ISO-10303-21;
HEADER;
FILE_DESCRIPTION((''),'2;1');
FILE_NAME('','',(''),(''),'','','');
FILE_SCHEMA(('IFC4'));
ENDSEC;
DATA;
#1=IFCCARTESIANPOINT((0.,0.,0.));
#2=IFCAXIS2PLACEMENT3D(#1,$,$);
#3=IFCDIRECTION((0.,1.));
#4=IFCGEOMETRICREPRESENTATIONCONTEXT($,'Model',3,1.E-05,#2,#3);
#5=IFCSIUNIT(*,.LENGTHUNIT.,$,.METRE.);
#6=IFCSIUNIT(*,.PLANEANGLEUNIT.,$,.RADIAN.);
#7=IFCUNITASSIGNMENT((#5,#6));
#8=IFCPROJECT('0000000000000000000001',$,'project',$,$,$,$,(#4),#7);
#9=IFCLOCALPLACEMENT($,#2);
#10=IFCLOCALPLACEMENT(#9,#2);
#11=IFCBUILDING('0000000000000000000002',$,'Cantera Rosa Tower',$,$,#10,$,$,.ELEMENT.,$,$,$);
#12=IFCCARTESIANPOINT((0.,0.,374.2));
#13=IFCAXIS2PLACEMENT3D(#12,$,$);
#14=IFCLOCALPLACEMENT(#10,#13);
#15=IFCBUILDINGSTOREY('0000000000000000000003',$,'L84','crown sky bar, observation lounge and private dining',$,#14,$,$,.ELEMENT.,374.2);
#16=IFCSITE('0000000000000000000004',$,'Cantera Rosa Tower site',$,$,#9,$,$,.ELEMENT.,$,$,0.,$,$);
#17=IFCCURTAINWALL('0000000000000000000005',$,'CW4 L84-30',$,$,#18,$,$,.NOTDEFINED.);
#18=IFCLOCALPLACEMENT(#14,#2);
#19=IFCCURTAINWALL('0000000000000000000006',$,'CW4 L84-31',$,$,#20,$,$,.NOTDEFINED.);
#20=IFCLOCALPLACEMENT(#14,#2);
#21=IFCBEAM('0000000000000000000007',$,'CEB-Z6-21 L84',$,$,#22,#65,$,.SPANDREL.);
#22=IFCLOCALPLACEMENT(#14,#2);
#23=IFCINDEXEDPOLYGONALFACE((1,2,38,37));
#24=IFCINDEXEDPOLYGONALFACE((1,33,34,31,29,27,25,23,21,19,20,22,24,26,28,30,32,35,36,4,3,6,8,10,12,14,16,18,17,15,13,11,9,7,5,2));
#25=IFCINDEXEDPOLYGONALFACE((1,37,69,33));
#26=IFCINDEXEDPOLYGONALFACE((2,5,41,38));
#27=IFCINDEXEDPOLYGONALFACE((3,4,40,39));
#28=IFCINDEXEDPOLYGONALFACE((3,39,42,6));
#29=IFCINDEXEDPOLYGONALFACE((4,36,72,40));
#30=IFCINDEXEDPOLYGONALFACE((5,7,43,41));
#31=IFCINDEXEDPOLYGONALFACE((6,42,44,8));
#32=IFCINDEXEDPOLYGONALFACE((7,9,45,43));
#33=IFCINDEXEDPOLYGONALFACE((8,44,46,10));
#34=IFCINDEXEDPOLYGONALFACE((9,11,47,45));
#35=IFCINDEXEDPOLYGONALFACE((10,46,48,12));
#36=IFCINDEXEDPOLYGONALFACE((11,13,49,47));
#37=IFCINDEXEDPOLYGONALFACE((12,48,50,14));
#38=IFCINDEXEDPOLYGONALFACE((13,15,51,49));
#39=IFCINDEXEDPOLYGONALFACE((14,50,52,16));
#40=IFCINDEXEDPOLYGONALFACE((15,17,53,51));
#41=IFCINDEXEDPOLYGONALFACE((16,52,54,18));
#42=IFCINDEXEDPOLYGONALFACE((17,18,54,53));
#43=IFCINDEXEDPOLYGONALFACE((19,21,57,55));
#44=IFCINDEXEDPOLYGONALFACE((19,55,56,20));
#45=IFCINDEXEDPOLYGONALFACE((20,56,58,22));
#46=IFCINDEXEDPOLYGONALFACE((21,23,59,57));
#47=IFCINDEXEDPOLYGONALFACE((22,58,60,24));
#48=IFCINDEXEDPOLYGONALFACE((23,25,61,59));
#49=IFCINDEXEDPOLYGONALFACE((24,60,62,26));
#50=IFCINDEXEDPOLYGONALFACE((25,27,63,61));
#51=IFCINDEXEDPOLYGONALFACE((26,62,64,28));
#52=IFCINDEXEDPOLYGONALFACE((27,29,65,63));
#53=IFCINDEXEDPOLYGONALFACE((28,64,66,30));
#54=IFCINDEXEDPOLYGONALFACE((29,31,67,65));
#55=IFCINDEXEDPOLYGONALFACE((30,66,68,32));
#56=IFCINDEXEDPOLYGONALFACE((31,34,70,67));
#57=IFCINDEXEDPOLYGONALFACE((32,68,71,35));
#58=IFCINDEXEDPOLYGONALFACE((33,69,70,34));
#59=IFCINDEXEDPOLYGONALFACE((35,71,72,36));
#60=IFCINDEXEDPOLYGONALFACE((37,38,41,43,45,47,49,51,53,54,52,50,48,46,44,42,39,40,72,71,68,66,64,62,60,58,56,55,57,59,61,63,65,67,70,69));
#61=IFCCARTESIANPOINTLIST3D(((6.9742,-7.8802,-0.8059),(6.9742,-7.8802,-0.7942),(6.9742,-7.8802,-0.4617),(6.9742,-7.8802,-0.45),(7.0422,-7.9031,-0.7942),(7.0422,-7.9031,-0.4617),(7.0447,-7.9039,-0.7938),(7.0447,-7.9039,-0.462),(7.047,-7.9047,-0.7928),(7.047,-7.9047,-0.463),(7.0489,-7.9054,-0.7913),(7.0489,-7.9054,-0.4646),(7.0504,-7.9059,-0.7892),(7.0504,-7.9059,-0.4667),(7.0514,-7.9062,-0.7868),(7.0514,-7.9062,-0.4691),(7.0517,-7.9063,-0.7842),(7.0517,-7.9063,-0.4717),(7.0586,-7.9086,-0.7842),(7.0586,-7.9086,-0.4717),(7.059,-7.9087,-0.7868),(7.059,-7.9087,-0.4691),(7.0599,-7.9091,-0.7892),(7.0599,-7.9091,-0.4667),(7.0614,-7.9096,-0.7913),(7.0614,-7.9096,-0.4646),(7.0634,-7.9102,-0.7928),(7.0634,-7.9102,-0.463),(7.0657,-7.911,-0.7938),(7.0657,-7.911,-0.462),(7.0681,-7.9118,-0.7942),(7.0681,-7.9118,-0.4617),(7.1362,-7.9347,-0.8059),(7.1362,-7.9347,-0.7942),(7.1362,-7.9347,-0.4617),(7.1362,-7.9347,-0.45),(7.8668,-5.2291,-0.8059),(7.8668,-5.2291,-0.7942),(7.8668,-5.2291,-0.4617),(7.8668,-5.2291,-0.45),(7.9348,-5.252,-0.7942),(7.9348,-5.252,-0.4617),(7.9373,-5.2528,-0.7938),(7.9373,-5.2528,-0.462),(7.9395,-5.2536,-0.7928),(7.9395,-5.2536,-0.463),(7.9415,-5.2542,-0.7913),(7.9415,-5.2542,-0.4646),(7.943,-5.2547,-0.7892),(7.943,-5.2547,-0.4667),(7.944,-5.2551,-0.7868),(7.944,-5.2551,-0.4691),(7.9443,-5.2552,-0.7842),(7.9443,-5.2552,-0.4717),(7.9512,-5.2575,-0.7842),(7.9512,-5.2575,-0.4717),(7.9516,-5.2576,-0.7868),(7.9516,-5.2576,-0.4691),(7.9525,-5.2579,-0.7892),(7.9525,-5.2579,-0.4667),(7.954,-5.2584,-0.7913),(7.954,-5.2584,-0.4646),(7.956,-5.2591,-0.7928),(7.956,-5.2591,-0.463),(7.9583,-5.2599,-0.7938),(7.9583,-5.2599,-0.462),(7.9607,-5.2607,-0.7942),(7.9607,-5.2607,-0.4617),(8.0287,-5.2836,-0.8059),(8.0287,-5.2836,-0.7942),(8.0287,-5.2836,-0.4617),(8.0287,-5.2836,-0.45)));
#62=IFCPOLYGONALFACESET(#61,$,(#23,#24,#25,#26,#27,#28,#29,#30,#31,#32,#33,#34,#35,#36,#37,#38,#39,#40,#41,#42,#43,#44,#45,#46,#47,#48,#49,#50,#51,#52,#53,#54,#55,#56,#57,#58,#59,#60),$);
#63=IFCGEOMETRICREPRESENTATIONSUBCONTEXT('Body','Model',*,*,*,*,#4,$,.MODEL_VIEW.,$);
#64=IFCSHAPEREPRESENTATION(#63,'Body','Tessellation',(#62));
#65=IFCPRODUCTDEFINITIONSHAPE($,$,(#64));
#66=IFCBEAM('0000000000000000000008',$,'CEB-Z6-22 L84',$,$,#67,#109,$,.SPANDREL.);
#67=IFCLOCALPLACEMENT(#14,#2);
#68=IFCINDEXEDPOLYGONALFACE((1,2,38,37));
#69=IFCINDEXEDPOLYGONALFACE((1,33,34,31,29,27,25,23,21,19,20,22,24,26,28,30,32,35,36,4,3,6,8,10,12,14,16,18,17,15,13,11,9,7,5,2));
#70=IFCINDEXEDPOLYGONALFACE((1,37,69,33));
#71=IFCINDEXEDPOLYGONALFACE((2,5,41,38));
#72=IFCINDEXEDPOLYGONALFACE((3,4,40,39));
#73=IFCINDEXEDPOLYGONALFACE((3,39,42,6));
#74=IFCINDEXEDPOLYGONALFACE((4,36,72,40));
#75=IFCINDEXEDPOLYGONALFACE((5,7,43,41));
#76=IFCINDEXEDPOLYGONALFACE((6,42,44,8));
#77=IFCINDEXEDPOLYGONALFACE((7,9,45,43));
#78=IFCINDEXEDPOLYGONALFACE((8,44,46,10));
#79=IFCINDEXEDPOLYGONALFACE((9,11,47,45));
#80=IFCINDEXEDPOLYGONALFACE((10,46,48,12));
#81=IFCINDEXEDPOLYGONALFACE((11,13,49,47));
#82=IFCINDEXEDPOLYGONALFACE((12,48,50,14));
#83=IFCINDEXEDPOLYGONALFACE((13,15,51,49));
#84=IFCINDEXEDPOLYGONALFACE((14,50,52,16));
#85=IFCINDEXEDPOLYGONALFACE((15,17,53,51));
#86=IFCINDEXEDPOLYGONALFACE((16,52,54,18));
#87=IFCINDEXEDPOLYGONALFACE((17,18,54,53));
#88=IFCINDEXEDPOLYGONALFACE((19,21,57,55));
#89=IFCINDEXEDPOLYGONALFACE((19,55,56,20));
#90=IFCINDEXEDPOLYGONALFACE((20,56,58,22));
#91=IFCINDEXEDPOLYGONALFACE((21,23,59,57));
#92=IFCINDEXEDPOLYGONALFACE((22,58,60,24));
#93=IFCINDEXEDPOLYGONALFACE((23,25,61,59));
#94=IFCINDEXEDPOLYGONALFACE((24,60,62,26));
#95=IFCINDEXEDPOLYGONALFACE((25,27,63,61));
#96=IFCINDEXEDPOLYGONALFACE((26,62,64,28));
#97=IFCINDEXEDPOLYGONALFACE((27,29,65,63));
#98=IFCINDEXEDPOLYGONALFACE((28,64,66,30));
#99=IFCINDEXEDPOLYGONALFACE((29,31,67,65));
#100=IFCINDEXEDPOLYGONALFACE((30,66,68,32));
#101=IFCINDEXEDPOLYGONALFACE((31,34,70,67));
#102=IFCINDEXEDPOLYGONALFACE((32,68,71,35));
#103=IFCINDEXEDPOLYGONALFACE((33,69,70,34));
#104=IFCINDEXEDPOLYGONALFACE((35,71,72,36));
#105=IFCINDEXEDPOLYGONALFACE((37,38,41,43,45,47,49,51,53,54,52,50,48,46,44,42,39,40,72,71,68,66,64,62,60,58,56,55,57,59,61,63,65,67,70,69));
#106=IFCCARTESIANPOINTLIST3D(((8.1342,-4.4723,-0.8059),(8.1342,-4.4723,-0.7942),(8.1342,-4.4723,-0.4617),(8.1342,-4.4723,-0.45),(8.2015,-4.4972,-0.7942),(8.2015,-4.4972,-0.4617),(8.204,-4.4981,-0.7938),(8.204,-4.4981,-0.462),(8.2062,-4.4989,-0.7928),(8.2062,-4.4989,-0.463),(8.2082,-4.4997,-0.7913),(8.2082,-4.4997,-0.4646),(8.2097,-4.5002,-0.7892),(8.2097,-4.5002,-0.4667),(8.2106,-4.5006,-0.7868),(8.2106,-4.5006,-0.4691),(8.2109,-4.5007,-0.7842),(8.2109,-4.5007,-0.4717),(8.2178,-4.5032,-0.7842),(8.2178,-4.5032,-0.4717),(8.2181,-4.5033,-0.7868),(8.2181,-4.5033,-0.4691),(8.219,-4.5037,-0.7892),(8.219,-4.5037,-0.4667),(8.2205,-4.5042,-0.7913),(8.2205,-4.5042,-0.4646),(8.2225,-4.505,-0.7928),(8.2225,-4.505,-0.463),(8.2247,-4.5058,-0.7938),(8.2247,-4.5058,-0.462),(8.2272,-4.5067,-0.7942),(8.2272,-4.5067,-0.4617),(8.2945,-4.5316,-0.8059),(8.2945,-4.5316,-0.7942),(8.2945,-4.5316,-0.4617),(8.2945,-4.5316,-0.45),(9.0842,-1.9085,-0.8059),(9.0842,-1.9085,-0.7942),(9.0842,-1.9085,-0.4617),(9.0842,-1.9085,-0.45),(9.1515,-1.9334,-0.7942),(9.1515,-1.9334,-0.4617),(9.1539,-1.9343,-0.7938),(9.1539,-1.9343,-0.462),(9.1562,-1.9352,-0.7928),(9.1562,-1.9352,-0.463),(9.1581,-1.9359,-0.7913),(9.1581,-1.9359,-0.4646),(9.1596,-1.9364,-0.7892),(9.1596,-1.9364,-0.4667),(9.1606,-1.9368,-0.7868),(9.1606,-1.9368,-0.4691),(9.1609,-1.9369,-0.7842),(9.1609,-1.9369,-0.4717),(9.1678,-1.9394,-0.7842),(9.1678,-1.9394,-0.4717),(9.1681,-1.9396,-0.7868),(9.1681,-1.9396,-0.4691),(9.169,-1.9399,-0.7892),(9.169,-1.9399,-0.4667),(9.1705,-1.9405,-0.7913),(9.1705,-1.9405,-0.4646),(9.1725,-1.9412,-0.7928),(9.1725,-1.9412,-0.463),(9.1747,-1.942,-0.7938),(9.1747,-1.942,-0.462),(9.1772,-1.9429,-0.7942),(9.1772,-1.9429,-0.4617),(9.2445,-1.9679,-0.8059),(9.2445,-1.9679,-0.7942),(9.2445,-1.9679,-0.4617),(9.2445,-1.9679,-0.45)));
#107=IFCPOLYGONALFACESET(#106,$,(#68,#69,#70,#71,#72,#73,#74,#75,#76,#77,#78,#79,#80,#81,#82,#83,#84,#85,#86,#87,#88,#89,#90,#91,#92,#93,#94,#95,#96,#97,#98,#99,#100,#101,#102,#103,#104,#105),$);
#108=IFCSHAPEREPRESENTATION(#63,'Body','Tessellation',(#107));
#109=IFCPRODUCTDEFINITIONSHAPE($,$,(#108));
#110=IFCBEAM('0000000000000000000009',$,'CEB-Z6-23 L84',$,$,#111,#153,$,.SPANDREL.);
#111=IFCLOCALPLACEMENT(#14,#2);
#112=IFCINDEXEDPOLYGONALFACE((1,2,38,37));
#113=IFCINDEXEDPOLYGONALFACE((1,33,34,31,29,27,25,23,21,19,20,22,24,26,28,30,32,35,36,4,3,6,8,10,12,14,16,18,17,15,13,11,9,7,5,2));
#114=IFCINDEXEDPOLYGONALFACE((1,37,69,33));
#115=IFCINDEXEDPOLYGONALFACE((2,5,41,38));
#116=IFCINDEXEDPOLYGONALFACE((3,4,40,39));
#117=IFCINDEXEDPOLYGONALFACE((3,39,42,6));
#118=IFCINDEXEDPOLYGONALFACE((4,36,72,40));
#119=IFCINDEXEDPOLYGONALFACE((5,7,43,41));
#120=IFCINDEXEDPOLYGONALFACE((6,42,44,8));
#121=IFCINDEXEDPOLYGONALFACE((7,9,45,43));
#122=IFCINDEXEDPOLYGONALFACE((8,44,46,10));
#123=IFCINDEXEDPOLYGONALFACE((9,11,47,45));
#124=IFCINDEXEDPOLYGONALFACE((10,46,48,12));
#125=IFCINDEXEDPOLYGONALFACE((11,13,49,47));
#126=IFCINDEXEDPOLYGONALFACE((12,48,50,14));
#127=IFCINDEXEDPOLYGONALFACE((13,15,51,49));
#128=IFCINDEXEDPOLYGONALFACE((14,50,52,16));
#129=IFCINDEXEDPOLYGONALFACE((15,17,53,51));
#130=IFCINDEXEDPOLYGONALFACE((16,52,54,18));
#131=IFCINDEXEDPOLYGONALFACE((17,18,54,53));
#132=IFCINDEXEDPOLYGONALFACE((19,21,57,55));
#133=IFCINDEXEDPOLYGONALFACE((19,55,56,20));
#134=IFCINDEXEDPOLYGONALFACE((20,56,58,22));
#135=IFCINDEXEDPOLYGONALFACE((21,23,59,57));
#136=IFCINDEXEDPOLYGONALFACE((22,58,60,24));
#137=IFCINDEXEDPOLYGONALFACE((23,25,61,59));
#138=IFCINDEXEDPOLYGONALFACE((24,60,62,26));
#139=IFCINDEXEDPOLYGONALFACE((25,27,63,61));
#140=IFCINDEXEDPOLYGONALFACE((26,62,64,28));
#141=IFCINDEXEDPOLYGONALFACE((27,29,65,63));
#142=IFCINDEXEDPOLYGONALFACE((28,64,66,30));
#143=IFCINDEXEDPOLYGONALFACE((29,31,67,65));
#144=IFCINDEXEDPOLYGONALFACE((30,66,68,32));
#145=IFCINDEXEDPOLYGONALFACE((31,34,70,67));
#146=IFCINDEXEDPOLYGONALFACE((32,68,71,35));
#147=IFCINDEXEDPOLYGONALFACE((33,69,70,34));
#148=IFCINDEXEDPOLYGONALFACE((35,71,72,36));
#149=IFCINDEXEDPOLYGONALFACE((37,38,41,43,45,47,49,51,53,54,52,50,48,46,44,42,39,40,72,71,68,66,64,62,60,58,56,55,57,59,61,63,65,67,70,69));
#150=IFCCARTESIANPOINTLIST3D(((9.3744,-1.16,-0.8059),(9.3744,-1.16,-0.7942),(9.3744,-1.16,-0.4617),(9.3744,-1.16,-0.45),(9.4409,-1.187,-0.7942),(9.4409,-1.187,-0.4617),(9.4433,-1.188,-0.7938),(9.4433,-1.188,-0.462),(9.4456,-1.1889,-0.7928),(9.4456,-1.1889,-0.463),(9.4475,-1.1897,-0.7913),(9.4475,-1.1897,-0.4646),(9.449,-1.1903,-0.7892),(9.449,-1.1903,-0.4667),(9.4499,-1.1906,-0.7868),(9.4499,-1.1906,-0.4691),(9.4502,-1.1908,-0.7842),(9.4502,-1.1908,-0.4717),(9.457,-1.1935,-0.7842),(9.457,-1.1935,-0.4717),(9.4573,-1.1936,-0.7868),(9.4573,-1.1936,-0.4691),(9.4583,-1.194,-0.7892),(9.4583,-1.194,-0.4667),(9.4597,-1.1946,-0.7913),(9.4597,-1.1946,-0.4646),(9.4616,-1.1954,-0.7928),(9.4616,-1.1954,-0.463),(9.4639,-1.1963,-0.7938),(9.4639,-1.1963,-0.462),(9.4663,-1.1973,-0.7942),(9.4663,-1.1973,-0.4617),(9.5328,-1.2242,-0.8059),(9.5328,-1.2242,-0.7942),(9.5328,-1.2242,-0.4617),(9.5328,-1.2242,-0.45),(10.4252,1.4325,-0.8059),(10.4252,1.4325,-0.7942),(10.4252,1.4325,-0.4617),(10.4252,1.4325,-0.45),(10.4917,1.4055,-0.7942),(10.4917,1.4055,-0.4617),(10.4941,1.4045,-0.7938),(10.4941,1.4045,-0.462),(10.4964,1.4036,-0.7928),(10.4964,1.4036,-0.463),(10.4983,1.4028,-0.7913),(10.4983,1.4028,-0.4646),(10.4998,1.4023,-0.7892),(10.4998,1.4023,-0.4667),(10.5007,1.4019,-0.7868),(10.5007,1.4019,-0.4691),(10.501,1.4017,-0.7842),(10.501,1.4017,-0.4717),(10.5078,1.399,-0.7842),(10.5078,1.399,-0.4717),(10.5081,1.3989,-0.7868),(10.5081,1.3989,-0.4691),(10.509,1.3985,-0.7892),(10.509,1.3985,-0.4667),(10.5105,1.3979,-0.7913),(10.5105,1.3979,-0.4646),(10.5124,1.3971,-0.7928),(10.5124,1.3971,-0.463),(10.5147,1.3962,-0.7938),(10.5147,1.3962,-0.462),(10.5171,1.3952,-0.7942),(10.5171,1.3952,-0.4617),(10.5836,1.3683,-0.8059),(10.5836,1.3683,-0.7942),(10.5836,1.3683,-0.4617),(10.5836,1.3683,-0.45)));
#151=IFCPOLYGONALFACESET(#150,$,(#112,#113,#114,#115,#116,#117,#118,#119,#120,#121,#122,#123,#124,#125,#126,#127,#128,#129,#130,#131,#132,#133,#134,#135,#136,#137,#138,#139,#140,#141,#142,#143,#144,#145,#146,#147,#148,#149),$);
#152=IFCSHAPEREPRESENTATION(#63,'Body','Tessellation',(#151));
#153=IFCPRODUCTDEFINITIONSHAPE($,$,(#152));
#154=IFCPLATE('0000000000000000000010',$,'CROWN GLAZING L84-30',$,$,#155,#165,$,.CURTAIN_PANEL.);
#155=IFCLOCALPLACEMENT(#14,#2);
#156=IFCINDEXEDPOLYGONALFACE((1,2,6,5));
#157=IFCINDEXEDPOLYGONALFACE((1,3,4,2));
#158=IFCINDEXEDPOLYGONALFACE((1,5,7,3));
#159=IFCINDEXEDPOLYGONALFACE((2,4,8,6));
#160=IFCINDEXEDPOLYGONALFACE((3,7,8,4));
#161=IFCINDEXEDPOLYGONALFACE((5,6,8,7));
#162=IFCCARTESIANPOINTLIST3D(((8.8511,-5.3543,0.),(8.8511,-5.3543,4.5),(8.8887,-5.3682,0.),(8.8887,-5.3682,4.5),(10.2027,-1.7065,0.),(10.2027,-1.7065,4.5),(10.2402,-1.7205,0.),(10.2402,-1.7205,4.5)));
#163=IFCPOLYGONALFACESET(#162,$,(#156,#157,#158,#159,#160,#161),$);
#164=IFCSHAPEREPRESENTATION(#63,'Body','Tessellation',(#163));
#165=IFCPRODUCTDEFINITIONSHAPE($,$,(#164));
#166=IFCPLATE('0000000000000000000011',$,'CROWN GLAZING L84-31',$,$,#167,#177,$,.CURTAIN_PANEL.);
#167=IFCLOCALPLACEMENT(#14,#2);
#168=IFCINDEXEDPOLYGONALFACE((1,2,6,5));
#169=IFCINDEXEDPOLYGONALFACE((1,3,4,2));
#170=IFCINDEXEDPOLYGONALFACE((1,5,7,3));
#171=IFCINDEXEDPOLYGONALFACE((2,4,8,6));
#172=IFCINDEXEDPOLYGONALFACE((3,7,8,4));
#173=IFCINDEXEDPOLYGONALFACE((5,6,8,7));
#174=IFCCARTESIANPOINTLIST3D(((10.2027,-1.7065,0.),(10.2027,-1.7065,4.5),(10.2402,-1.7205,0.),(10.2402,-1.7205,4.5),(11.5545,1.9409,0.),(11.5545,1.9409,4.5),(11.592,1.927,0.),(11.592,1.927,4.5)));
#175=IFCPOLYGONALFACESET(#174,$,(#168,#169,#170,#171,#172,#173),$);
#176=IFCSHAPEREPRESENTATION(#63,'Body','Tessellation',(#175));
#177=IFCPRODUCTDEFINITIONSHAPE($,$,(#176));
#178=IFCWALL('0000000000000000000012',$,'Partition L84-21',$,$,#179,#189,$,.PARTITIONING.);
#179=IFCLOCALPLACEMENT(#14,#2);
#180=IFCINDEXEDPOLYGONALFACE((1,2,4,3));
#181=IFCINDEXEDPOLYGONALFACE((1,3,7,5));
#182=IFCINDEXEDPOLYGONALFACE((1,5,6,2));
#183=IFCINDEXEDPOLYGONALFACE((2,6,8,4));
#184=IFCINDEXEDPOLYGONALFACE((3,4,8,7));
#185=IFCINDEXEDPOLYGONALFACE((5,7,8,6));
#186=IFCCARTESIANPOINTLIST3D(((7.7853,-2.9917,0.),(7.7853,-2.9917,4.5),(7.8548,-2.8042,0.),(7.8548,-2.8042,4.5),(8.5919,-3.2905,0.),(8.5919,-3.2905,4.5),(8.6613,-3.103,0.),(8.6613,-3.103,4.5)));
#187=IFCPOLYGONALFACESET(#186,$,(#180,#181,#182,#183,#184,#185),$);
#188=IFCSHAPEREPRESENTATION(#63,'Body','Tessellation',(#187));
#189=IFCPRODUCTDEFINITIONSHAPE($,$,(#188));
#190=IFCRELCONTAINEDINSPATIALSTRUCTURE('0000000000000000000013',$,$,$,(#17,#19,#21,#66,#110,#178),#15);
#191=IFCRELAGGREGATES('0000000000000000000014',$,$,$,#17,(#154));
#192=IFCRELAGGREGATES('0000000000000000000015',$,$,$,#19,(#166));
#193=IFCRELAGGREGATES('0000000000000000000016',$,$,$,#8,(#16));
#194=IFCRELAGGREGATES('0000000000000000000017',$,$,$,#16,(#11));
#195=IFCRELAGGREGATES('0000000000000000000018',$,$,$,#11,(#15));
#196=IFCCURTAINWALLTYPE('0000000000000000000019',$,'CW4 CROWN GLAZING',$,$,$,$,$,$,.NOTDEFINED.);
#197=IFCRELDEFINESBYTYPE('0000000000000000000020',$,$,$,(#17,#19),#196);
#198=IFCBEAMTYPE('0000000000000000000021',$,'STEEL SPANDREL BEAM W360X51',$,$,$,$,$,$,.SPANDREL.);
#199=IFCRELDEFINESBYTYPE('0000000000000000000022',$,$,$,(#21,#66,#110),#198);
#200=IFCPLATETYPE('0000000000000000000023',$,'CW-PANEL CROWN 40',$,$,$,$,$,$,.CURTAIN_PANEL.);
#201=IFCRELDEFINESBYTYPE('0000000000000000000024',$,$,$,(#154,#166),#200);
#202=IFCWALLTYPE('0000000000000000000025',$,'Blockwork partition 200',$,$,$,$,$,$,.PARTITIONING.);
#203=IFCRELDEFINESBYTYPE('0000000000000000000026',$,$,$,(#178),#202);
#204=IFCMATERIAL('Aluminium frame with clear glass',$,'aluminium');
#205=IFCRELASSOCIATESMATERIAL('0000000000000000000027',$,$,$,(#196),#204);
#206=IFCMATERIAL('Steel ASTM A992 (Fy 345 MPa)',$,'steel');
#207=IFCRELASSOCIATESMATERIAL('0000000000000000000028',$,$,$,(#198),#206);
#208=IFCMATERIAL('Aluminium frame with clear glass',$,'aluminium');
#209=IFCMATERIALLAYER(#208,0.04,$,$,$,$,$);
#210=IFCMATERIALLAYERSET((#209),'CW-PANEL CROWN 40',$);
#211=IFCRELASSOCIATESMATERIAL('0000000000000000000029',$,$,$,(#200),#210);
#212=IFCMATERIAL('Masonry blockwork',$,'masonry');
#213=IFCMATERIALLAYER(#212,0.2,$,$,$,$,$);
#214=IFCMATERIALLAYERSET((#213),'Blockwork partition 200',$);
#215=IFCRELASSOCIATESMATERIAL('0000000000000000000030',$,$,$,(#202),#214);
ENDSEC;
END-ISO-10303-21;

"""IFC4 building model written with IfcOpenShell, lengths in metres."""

from ifc_helpers import new_model, si_unit, direction, frame, frame_2d, origin, origin_2d, place, context, subcontext, project, spatial, polyline, rectangle, i_section, outline, extrude, material, layer, layer_set, material_profile, profile_set, type_object, element, aggregate, save


model = new_model("IFC4")

# Units and contexts
model_context = context("Model", 3, precision=1e-05, world=origin(), true_north=direction((0.0, 1.0)))
body_context = subcontext(model_context, "Body", "Model", "MODEL_VIEW")
ifc_project = project(units=[si_unit("LENGTHUNIT", "METRE"), si_unit("PLANEANGLEUNIT", "RADIAN")], contexts=[model_context])

# Site, building, storey
site_placement = place(None, origin())
site = spatial("IfcSite", under=ifc_project, at=site_placement, Name="Cantera Rosa Tower site", CompositionType="ELEMENT", RefElevation=0.0)
building_placement = place(site_placement, origin())
building = spatial("IfcBuilding", under=site, at=building_placement, Name="Cantera Rosa Tower", CompositionType="ELEMENT")
storey_placement = place(building_placement, frame((0.0, 0.0, 374.2)))
storey = spatial("IfcBuildingStorey", under=building, at=storey_placement, Name="L84", Description="crown sky bar, observation lounge and private dining", CompositionType="ELEMENT", Elevation=374.2)

# Curtain walls
ifc_material_1 = material(Name="Aluminium frame with clear glass", Category="aluminium")
curtain_wall_type = type_object("IfcCurtainWallType", Name="CW4 CROWN GLAZING", PredefinedType="NOTDEFINED", material=ifc_material_1)
curtain_wall_1_placement = place(storey_placement, origin())
curtain_wall_1 = element("IfcCurtainWall", 1, at=curtain_wall_1_placement, inside=storey, type_object=curtain_wall_type, Name="CW4 L84-30", PredefinedType="NOTDEFINED")
curtain_wall_2_placement = place(storey_placement, origin())
curtain_wall_2 = element("IfcCurtainWall", 2, at=curtain_wall_2_placement, inside=storey, type_object=curtain_wall_type, Name="CW4 L84-31", PredefinedType="NOTDEFINED")

# Beams
ifc_material_2 = material(Name="Steel ASTM A992 (Fy 345 MPa)", Category="steel")
ifc_material_profile_1 = material_profile(ifc_material_2, i_section(OverallWidth=0.1709, OverallDepth=0.356, WebThickness=0.0073, FlangeThickness=0.0117, FilletRadius=0.01, at=origin_2d()), Name="W360X51")
ifc_profile_set_1 = profile_set([ifc_material_profile_1], Name="Steel ASTM A992 (Fy 345 MPa)")
beam_type_1 = type_object("IfcBeamType", Name="STEEL SPANDREL BEAM W360X51", PredefinedType="SPANDREL", material=ifc_profile_set_1)
beam_1_placement = place(storey_placement, frame((7.0552, -7.9075, -0.6279), z_axis=(0.31908, 0.947728, 0.0), x_axis=(-0.947728, 0.31908, 0.0)))
element("IfcBeam", 3, at=beam_1_placement, inside=storey, type_object=beam_type_1, Name="CEB-Z6-21 L84", PredefinedType="SPANDREL", context=body_context, shape_type="SweptSolid", body=[
    extrude(i_section(OverallWidth=0.1709, OverallDepth=0.356, WebThickness=0.0073, FlangeThickness=0.0117, FilletRadius=0.01, at=origin_2d()), origin(), (0.0, 0.0, 1.0), 2.7974),
])
beam_2_placement = place(storey_placement, frame((8.2144, -4.502, -0.6279), z_axis=(0.347451, 0.937698, 0.0), x_axis=(-0.937698, 0.347451, 0.0)))
element("IfcBeam", 4, at=beam_2_placement, inside=storey, type_object=beam_type_1, Name="CEB-Z6-22 L84", PredefinedType="SPANDREL", context=body_context, shape_type="SweptSolid", body=[
    extrude(i_section(OverallWidth=0.1709, OverallDepth=0.356, WebThickness=0.0073, FlangeThickness=0.0117, FilletRadius=0.01, at=origin_2d()), origin(), (0.0, 0.0, 1.0), 2.7341),
])
beam_3_placement = place(storey_placement, frame((9.4536, -1.1921, -0.6279), z_axis=(0.37563, 0.92677, 0.0), x_axis=(-0.92677, 0.37563, 0.0)))
element("IfcBeam", 5, at=beam_3_placement, inside=storey, type_object=beam_type_1, Name="CEB-Z6-23 L84", PredefinedType="SPANDREL", context=body_context, shape_type="SweptSolid", body=[
    extrude(i_section(OverallWidth=0.1709, OverallDepth=0.356, WebThickness=0.0073, FlangeThickness=0.0117, FilletRadius=0.01, at=origin_2d()), origin(), (0.0, 0.0, 1.0), 2.7974),
])

# Plates
ifc_material_3 = material(Name="Aluminium frame with clear glass", Category="aluminium")
ifc_layer_1 = layer(ifc_material_3, 0.04)
ifc_layer_set_1 = layer_set([ifc_layer_1], Name="CW-PANEL CROWN 40")
plate_type = type_object("IfcPlateType", Name="CW-PANEL CROWN 40", PredefinedType="CURTAIN_PANEL", material=ifc_layer_set_1)
plate_1_placement = place(storey_placement, frame((8.8887, -5.3682, 0.0), z_axis=(0.937702, -0.347441, 0.0), x_axis=(0.347441, 0.937702, 0.0)))
plate_1 = element("IfcPlate", 6, at=plate_1_placement, type_object=plate_type, Name="CROWN GLAZING L84-30", PredefinedType="CURTAIN_PANEL", context=body_context, shape_type="SweptSolid", body=[
    extrude(outline(polyline([(0.0, 0.0), (3.89, 0.0), (3.89, 4.5), (0.0, 4.5), (0.0, 0.0)])), origin(), (0.0, 0.0, -1.0), 0.04),
])
plate_2_placement = place(storey_placement, frame((10.2402, -1.7205, 0.0), z_axis=(0.937674, -0.347517, 0.0), x_axis=(0.347517, 0.937674, 0.0)))
plate_2 = element("IfcPlate", 7, at=plate_2_placement, type_object=plate_type, Name="CROWN GLAZING L84-31", PredefinedType="CURTAIN_PANEL", context=body_context, shape_type="SweptSolid", body=[
    extrude(outline(polyline([(0.0, 0.0), (3.8899, 0.0), (3.8899, 4.5), (0.0, 4.5), (0.0, 0.0)])), origin(), (0.0, 0.0, -1.0), 0.04),
])

# Wall
ifc_material_4 = material(Name="Masonry blockwork", Category="masonry")
ifc_layer_2 = layer(ifc_material_4, 0.2)
ifc_layer_set_2 = layer_set([ifc_layer_2], Name="Blockwork partition 200")
wall_type_1 = type_object("IfcWallType", Name="Blockwork partition 200", PredefinedType="PARTITIONING", material=ifc_layer_set_2)
wall_1_placement = place(storey_placement, frame((8.6267, -3.1968, 0.0), z_axis=(0.0, 0.0, 1.0), x_axis=(-0.937721, 0.347388, 0.0)))
element("IfcWall", 8, at=wall_1_placement, inside=storey, type_object=wall_type_1, Name="Partition L84-21", PredefinedType="PARTITIONING", context=body_context, shape_type="SweptSolid", body=[
    extrude(rectangle(XDim=0.8601, YDim=0.2, at=frame_2d((0.4302, 0.0))), origin(), (0.0, 0.0, 1.0), 4.5),
])

aggregate(curtain_wall_1, [plate_1])
aggregate(curtain_wall_2, [plate_2])

save(model, "model.ifc")
